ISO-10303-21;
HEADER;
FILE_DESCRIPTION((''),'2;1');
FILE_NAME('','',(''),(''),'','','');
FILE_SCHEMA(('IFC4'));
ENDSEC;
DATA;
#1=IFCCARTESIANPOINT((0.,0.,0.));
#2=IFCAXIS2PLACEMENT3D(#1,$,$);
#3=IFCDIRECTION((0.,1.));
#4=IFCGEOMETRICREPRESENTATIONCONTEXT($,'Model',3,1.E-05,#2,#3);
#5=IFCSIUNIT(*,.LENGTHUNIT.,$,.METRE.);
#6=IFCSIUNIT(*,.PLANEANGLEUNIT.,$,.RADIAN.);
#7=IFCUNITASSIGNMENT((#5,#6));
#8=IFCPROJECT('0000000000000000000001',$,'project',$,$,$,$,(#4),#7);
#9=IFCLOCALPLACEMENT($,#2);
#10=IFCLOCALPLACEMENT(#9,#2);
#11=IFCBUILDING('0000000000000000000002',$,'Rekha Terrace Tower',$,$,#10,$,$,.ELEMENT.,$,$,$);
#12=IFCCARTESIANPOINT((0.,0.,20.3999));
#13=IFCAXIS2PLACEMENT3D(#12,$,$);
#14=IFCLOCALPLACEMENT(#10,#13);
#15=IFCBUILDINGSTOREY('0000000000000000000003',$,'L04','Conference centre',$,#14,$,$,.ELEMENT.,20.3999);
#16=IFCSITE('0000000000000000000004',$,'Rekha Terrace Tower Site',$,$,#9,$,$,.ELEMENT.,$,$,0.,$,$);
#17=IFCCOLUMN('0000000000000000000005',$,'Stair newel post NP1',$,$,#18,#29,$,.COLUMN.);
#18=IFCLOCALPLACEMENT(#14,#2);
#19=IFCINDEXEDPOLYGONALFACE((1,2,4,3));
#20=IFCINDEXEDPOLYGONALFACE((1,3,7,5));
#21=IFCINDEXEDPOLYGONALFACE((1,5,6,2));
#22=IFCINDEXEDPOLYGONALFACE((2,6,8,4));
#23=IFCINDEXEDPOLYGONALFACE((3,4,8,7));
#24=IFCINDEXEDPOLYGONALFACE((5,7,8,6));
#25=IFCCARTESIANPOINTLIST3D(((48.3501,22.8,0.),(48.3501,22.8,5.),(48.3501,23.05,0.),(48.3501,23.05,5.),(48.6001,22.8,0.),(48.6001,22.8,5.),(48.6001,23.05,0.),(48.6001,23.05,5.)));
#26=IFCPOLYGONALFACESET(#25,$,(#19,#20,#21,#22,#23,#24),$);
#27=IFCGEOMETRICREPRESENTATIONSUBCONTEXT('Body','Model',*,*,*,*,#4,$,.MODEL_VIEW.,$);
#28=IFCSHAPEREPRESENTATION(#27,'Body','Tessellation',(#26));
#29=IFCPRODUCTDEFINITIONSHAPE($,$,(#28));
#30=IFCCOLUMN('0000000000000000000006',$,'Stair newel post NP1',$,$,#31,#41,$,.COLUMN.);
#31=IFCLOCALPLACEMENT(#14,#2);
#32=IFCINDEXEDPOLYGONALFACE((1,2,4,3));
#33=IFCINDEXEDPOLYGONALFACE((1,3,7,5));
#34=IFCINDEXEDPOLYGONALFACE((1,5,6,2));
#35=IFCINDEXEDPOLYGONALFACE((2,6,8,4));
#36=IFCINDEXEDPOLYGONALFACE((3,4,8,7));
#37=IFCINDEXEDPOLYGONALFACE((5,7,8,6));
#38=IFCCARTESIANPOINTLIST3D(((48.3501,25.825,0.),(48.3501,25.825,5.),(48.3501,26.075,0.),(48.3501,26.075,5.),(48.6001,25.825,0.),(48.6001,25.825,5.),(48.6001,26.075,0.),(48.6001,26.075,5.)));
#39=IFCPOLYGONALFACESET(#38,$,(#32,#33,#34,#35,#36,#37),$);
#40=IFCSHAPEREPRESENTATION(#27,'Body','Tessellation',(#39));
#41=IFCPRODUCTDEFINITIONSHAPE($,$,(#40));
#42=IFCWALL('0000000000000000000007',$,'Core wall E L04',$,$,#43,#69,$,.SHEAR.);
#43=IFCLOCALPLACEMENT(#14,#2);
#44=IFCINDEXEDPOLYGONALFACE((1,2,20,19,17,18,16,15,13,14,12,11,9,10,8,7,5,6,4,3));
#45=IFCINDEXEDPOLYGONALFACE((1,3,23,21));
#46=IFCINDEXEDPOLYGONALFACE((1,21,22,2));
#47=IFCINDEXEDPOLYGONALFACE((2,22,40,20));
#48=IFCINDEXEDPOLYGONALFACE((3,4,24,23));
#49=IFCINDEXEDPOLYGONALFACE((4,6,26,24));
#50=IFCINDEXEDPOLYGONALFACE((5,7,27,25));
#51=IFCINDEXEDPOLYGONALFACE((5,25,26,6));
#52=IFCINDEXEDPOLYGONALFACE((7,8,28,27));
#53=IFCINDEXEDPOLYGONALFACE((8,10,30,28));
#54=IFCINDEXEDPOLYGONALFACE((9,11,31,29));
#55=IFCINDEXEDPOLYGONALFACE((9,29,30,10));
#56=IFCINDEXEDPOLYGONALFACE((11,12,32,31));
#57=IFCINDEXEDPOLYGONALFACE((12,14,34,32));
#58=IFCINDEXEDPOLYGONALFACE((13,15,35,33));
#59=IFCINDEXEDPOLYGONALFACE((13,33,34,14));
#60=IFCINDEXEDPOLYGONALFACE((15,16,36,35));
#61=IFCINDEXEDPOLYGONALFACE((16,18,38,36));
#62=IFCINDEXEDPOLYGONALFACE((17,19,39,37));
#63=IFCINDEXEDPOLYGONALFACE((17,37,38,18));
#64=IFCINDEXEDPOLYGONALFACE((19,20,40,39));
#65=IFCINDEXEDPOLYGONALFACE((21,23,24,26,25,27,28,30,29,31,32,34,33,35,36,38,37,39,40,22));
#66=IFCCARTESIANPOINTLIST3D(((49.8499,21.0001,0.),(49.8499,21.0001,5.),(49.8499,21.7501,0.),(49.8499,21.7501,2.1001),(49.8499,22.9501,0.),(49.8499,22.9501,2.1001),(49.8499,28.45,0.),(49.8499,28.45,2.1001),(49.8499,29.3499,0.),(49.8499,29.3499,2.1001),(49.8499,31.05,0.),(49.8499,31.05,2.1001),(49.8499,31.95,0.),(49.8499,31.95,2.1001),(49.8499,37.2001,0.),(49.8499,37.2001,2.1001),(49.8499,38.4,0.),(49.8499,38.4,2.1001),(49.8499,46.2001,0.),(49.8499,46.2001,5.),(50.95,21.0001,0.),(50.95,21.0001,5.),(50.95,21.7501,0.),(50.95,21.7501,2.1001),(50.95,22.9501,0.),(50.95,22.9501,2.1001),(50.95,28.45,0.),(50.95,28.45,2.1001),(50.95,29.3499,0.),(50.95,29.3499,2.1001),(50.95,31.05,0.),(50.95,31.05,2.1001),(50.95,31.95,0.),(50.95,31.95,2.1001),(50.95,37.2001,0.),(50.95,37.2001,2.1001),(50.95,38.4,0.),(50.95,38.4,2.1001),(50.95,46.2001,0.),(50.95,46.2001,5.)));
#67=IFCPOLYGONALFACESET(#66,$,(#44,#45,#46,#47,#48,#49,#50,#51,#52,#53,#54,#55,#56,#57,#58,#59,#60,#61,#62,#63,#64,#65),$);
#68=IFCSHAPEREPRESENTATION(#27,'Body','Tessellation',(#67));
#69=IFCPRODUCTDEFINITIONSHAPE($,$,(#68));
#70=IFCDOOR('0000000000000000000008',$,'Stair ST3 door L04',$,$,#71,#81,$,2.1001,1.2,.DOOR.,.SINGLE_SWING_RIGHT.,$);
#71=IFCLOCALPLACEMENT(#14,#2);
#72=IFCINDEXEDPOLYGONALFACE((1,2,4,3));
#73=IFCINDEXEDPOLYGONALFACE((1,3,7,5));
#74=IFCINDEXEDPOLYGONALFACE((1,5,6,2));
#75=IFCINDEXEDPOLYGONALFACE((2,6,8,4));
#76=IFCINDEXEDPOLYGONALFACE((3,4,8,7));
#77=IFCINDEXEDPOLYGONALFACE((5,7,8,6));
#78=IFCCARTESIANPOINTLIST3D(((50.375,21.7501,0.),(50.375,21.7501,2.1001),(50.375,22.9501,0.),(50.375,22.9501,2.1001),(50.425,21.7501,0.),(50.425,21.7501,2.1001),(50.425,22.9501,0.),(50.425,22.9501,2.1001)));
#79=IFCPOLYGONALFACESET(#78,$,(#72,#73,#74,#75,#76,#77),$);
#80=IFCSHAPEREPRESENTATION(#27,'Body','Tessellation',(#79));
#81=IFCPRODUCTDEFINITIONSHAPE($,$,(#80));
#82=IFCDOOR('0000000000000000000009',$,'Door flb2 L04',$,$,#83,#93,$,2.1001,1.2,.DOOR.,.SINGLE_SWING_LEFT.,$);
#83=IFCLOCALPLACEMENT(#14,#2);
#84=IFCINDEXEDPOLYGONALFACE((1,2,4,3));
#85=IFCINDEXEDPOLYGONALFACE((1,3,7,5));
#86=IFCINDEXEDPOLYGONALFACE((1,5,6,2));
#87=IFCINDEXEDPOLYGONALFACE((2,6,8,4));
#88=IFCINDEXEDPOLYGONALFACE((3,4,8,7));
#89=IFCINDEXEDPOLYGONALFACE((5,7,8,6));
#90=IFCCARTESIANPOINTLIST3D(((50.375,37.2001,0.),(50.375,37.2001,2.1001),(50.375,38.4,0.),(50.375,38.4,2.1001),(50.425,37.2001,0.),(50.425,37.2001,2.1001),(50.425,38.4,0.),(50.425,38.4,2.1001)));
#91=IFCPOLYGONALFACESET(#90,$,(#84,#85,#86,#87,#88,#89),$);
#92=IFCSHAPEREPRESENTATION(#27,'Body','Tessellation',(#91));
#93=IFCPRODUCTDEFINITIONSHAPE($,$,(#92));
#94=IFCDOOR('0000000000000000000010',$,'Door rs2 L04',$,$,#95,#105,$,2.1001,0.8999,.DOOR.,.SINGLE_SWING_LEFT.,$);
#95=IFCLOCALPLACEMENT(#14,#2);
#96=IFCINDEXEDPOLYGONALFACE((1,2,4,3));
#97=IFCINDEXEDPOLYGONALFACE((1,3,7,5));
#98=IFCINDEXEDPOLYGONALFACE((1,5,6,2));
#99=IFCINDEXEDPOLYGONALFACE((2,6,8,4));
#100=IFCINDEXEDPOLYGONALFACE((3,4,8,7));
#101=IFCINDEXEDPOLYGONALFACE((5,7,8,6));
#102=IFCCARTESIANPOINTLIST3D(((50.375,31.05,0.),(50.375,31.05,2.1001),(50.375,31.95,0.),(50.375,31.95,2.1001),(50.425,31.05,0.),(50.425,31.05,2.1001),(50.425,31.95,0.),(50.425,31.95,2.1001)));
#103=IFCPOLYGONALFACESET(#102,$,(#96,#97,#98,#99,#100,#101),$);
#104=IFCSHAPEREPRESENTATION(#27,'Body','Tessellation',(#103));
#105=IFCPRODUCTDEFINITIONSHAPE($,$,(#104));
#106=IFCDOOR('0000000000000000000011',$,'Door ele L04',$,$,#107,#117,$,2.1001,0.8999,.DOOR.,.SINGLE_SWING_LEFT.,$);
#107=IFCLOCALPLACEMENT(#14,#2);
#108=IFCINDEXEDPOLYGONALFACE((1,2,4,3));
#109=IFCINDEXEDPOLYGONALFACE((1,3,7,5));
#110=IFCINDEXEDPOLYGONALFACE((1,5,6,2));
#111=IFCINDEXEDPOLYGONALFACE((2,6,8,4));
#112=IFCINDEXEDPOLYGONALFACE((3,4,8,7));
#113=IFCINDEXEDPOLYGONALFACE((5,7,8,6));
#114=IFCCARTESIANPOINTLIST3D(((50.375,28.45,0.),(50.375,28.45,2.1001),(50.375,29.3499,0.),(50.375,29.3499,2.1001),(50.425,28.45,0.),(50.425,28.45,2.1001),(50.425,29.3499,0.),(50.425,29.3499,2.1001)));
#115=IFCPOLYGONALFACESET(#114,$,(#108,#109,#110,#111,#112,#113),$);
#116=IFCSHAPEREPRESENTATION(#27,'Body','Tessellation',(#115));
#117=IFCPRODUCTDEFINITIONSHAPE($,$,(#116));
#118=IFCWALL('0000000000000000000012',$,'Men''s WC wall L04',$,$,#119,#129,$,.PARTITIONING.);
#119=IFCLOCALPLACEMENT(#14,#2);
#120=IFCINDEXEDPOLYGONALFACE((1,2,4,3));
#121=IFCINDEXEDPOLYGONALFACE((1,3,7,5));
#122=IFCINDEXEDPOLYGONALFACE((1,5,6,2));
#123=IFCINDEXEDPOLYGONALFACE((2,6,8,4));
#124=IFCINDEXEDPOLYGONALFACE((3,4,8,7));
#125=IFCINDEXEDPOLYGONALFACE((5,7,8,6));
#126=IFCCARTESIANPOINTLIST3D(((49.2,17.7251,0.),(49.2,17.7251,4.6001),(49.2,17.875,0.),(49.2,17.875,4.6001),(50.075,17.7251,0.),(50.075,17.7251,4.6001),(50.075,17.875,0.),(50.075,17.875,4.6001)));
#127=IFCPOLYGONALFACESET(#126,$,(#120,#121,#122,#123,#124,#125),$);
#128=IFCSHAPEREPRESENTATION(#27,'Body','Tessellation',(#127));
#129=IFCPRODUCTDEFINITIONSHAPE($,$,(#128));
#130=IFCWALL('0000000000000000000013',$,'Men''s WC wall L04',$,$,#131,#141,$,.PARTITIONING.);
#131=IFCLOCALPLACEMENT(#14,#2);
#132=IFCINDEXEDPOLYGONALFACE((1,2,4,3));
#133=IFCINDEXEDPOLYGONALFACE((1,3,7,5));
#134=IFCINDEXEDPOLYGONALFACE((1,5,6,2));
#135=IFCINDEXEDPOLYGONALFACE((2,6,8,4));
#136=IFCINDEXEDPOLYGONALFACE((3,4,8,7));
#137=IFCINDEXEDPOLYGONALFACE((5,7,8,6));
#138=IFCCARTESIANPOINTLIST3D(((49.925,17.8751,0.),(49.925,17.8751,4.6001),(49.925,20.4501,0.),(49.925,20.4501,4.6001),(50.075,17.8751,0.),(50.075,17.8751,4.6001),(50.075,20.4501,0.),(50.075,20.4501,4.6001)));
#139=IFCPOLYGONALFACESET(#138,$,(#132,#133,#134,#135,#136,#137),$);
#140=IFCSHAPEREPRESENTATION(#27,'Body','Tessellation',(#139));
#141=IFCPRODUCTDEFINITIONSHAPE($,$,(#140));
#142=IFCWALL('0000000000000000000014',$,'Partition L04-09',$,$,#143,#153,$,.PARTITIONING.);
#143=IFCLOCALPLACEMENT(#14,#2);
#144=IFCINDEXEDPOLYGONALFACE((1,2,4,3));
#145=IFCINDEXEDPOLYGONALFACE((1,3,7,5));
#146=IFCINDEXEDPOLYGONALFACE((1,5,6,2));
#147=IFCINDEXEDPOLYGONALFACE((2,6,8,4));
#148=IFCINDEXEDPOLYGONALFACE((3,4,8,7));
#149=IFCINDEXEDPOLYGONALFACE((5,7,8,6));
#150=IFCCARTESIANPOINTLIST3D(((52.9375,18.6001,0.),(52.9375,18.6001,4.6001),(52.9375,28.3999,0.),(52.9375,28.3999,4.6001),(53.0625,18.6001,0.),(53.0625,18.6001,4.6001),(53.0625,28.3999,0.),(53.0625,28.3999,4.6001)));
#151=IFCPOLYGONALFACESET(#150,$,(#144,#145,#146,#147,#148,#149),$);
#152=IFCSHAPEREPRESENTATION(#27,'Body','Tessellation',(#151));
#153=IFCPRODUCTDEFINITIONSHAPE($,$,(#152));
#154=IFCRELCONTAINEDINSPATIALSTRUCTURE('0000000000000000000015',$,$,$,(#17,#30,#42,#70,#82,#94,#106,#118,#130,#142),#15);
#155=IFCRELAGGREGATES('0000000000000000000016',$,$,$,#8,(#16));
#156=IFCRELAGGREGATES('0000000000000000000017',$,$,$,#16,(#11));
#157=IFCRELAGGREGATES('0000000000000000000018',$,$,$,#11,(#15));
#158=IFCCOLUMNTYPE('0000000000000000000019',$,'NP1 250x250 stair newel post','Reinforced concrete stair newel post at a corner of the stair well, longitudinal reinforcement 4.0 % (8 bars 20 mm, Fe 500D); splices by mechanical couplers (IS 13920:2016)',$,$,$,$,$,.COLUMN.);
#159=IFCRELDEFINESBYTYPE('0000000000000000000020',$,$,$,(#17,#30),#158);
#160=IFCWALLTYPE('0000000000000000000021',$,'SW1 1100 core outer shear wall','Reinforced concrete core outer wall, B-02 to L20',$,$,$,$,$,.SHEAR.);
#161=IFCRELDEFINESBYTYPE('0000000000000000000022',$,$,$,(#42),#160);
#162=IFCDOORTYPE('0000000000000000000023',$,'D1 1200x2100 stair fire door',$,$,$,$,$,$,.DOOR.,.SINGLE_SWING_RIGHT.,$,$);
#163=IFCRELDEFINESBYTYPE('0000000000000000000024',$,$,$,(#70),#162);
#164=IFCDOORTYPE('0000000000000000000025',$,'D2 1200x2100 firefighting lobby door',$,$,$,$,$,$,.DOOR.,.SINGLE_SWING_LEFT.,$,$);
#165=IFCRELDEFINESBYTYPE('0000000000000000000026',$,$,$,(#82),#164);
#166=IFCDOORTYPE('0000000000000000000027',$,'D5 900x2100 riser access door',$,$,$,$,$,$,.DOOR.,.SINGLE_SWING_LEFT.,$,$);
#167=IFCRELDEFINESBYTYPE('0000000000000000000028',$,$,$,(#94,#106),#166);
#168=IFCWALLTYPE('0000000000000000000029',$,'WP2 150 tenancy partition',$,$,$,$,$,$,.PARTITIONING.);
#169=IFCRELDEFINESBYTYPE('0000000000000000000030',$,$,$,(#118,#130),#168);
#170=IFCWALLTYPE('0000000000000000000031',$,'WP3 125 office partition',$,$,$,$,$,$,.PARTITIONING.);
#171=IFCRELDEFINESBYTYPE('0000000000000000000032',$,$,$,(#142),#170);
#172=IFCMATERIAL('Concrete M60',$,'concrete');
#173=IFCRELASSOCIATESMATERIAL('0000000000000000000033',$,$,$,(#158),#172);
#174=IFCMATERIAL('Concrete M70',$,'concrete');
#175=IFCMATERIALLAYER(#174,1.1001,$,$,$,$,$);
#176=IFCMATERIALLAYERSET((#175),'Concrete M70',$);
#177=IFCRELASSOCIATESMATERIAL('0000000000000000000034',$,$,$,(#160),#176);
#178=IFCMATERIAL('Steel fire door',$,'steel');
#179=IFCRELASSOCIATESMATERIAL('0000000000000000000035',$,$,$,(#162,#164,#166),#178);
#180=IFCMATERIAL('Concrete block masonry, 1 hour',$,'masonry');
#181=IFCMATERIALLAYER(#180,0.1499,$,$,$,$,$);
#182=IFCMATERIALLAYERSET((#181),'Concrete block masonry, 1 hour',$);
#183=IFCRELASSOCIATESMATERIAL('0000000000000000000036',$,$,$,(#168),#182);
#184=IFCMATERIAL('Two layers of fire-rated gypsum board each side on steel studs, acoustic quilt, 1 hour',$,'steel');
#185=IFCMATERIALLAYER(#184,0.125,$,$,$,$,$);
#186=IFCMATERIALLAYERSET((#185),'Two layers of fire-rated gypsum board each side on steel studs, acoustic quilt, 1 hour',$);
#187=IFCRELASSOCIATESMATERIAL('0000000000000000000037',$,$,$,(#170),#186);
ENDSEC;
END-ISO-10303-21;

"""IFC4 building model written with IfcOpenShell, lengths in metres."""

from ifc_helpers import new_model, si_unit, direction, frame, frame_2d, origin, origin_2d, place, context, subcontext, project, spatial, rectangle, extrude, material, layer, layer_set, material_profile, profile_set, type_object, element, fill, save


model = new_model("IFC4")

# Units and contexts
model_context = context("Model", 3, precision=1e-05, world=origin(), true_north=direction((0.0, 1.0)))
body_context = subcontext(model_context, "Body", "Model", "MODEL_VIEW")
ifc_project = project(units=[si_unit("LENGTHUNIT", "METRE"), si_unit("PLANEANGLEUNIT", "RADIAN")], contexts=[model_context])

# Site, building, storey
site_placement = place(None, origin())
site = spatial("IfcSite", under=ifc_project, at=site_placement, Name="Rekha Terrace Tower Site", CompositionType="ELEMENT", RefElevation=0.0)
building_placement = place(site_placement, origin())
building = spatial("IfcBuilding", under=site, at=building_placement, Name="Rekha Terrace Tower", CompositionType="ELEMENT")
storey_placement = place(building_placement, frame((0.0, 0.0, 20.3999)))
storey = spatial("IfcBuildingStorey", under=building, at=storey_placement, Name="L04", Description="Conference centre", CompositionType="ELEMENT", Elevation=20.3999)

# Columns
ifc_material_1 = material(Name="Concrete M60", Category="concrete")
ifc_material_profile = material_profile(ifc_material_1, rectangle(XDim=0.25, YDim=0.25, at=origin_2d()), Name="RC 250x250")
ifc_profile_set = profile_set([ifc_material_profile], Name="Concrete M60")
column_type = type_object("IfcColumnType", Name="NP1 250x250 stair newel post", Description="Reinforced concrete stair newel post at a corner of the stair well, longitudinal reinforcement 4.0 % (8 bars 20 mm, Fe 500D); splices by mechanical couplers (IS 13920:2016)", PredefinedType="COLUMN", material=ifc_profile_set)
for number, where, z_axis, x_axis, name in (
    (1, (48.4751, 22.925, 0.0), (0.0, 0.0, 1.0), (1.0, 0.0, 0.0), "Stair newel post NP1"),
    (2, (48.4751, 25.95, 0.0), (0.0, 0.0, 1.0), (1.0, 0.0, 0.0), "Stair newel post NP1"),
):
    element("IfcColumn", number, at=place(storey_placement, frame(where, z_axis=z_axis, x_axis=x_axis)), inside=storey, type_object=column_type, Name=name, PredefinedType="COLUMN", context=body_context, shape_type="SweptSolid", body=[
        extrude(rectangle(XDim=0.25, YDim=0.25, at=origin_2d()), origin(), (0.0, 0.0, 1.0), 5.0),
    ])

# Wall, openings, doors
ifc_material_2 = material(Name="Concrete M70", Category="concrete")
ifc_layer_1 = layer(ifc_material_2, 1.1001)
ifc_layer_set_1 = layer_set([ifc_layer_1], Name="Concrete M70")
wall_type_1 = type_object("IfcWallType", Name="SW1 1100 core outer shear wall", Description="Reinforced concrete core outer wall, B-02 to L20", PredefinedType="SHEAR", material=ifc_layer_set_1)
wall_1_placement = place(storey_placement, frame((50.3999, 21.0, 0.0), z_axis=(0.0, 0.0, 1.0), x_axis=(0.0, 1.0, 0.0)))
wall_1 = element("IfcWall", 3, at=wall_1_placement, inside=storey, type_object=wall_type_1, Name="Core wall E L04", PredefinedType="SHEAR", context=body_context, shape_type="SweptSolid", body=[
    extrude(rectangle(XDim=25.2, YDim=1.1001, at=frame_2d((12.6001, 0.0))), origin(), (0.0, 0.0, 1.0), 5.0),
])
opening_1_placement = place(wall_1_placement, frame((16.2, 0.0, 0.0)))
opening_1 = element("IfcOpeningElement", 4, at=opening_1_placement, cuts=wall_1, PredefinedType="OPENING", context=body_context, shape_type="SweptSolid", body=[
    extrude(rectangle(XDim=1.2, YDim=2.1001, at=frame_2d((0.6001, 1.05))), frame((0.0, 0.5601, 0.0), z_axis=(0.0, -1.0, 0.0), x_axis=(1.0, 0.0, 0.0)), (0.0, 0.0, 1.0), 1.1201),
])
opening_2_placement = place(wall_1_placement, frame((10.05, 0.0, 0.0)))
opening_2 = element("IfcOpeningElement", 5, at=opening_2_placement, cuts=wall_1, PredefinedType="OPENING", context=body_context, shape_type="SweptSolid", body=[
    extrude(rectangle(XDim=0.8999, YDim=2.1001, at=frame_2d((0.45, 1.05))), frame((0.0, 0.5601, 0.0), z_axis=(0.0, -1.0, 0.0), x_axis=(1.0, 0.0, 0.0)), (0.0, 0.0, 1.0), 1.1201),
])
opening_3_placement = place(wall_1_placement, frame((7.45, 0.0, 0.0)))
opening_3 = element("IfcOpeningElement", 6, at=opening_3_placement, cuts=wall_1, PredefinedType="OPENING", context=body_context, shape_type="SweptSolid", body=[
    extrude(rectangle(XDim=0.8999, YDim=2.1001, at=frame_2d((0.45, 1.05))), frame((0.0, 0.5601, 0.0), z_axis=(0.0, -1.0, 0.0), x_axis=(1.0, 0.0, 0.0)), (0.0, 0.0, 1.0), 1.1201),
])
opening_4_placement = place(wall_1_placement, frame((0.75, 0.0, 0.0)))
opening_4 = element("IfcOpeningElement", 7, at=opening_4_placement, cuts=wall_1, PredefinedType="OPENING", context=body_context, shape_type="SweptSolid", body=[
    extrude(rectangle(XDim=1.2, YDim=2.1001, at=frame_2d((0.6001, 1.05))), frame((0.0, 0.5601, 0.0), z_axis=(0.0, -1.0, 0.0), x_axis=(1.0, 0.0, 0.0)), (0.0, 0.0, 1.0), 1.1201),
])
ifc_material_3 = material(Name="Steel fire door", Category="steel")
door_type_1 = type_object("IfcDoorType", Name="D1 1200x2100 stair fire door", OperationType="SINGLE_SWING_RIGHT", PredefinedType="DOOR", material=ifc_material_3)
door_1_placement = place(opening_4_placement, origin())
door_1 = element("IfcDoor", 8, at=door_1_placement, inside=storey, type_object=door_type_1, Name="Stair ST3 door L04", OperationType="SINGLE_SWING_RIGHT", OverallHeight=2.1001, OverallWidth=1.2, PredefinedType="DOOR", context=body_context, shape_type="SweptSolid", body=[
    extrude(rectangle(XDim=1.2, YDim=2.1001, at=frame_2d((0.6001, 1.05))), frame((0.0, 0.0249, 0.0), z_axis=(0.0, -1.0, 0.0), x_axis=(1.0, 0.0, 0.0)), (0.0, 0.0, 1.0), 0.05),
])
fill(opening_4, door_1)
door_type_2 = type_object("IfcDoorType", Name="D2 1200x2100 firefighting lobby door", OperationType="SINGLE_SWING_LEFT", PredefinedType="DOOR", material=ifc_material_3)
door_2_placement = place(opening_1_placement, origin())
door_2 = element("IfcDoor", 9, at=door_2_placement, inside=storey, type_object=door_type_2, Name="Door flb2 L04", OperationType="SINGLE_SWING_LEFT", OverallHeight=2.1001, OverallWidth=1.2, PredefinedType="DOOR", context=body_context, shape_type="SweptSolid", body=[
    extrude(rectangle(XDim=1.2, YDim=2.1001, at=frame_2d((0.6001, 1.05))), frame((0.0, 0.0249, 0.0), z_axis=(0.0, -1.0, 0.0), x_axis=(1.0, 0.0, 0.0)), (0.0, 0.0, 1.0), 0.05),
])
fill(opening_1, door_2)
door_type_3 = type_object("IfcDoorType", Name="D5 900x2100 riser access door", OperationType="SINGLE_SWING_LEFT", PredefinedType="DOOR", material=ifc_material_3)
door_3_placement = place(opening_2_placement, origin())
door_3 = element("IfcDoor", 10, at=door_3_placement, inside=storey, type_object=door_type_3, Name="Door rs2 L04", OperationType="SINGLE_SWING_LEFT", OverallHeight=2.1001, OverallWidth=0.8999, PredefinedType="DOOR", context=body_context, shape_type="SweptSolid", body=[
    extrude(rectangle(XDim=0.8999, YDim=2.1001, at=frame_2d((0.45, 1.05))), frame((0.0, 0.0249, 0.0), z_axis=(0.0, -1.0, 0.0), x_axis=(1.0, 0.0, 0.0)), (0.0, 0.0, 1.0), 0.05),
])
fill(opening_2, door_3)
door_4_placement = place(opening_3_placement, origin())
door_4 = element("IfcDoor", 11, at=door_4_placement, inside=storey, type_object=door_type_3, Name="Door ele L04", OperationType="SINGLE_SWING_LEFT", OverallHeight=2.1001, OverallWidth=0.8999, PredefinedType="DOOR", context=body_context, shape_type="SweptSolid", body=[
    extrude(rectangle(XDim=0.8999, YDim=2.1001, at=frame_2d((0.45, 1.05))), frame((0.0, 0.0249, 0.0), z_axis=(0.0, -1.0, 0.0), x_axis=(1.0, 0.0, 0.0)), (0.0, 0.0, 1.0), 0.05),
])
fill(opening_3, door_4)

# Walls
ifc_material_4 = material(Name="Concrete block masonry, 1 hour", Category="masonry")
ifc_layer_2 = layer(ifc_material_4, 0.1499)
ifc_layer_set_2 = layer_set([ifc_layer_2], Name="Concrete block masonry, 1 hour")
wall_type_2 = type_object("IfcWallType", Name="WP2 150 tenancy partition", PredefinedType="PARTITIONING", material=ifc_layer_set_2)
wall_2_placement = place(storey_placement, frame((49.2, 17.8, 0.0), z_axis=(0.0, 0.0, 1.0), x_axis=(1.0, 0.0, 0.0)))
element("IfcWall", 12, at=wall_2_placement, inside=storey, type_object=wall_type_2, Name="Men's WC wall L04", PredefinedType="PARTITIONING", context=body_context, shape_type="SweptSolid", body=[
    extrude(rectangle(XDim=0.875, YDim=0.1499, at=frame_2d((0.4375, 0.0))), origin(), (0.0, 0.0, 1.0), 4.6001),
])
wall_3_placement = place(storey_placement, frame((50.0, 17.875, 0.0), z_axis=(0.0, 0.0, 1.0), x_axis=(0.0, 1.0, 0.0)))
element("IfcWall", 13, at=wall_3_placement, inside=storey, type_object=wall_type_2, Name="Men's WC wall L04", PredefinedType="PARTITIONING", context=body_context, shape_type="SweptSolid", body=[
    extrude(rectangle(XDim=2.575, YDim=0.1499, at=frame_2d((1.2876, 0.0))), origin(), (0.0, 0.0, 1.0), 4.6001),
])
ifc_material_5 = material(Name="Two layers of fire-rated gypsum board each side on steel studs, acoustic quilt, 1 hour", Category="steel")
ifc_layer_3 = layer(ifc_material_5, 0.125)
ifc_layer_set_3 = layer_set([ifc_layer_3], Name="Two layers of fire-rated gypsum board each side on steel studs, acoustic quilt, 1 hour")
wall_type_3 = type_object("IfcWallType", Name="WP3 125 office partition", PredefinedType="PARTITIONING", material=ifc_layer_set_3)
wall_4_placement = place(storey_placement, frame((53.0, 18.6001, 0.0), z_axis=(0.0, 0.0, 1.0), x_axis=(0.0, 1.0, 0.0)))
element("IfcWall", 14, at=wall_4_placement, inside=storey, type_object=wall_type_3, Name="Partition L04-09", PredefinedType="PARTITIONING", context=body_context, shape_type="SweptSolid", body=[
    extrude(rectangle(XDim=9.7998, YDim=0.125, at=frame_2d((4.8999, 0.0))), origin(), (0.0, 0.0, 1.0), 4.6001),
])

save(model, "model.ifc")
